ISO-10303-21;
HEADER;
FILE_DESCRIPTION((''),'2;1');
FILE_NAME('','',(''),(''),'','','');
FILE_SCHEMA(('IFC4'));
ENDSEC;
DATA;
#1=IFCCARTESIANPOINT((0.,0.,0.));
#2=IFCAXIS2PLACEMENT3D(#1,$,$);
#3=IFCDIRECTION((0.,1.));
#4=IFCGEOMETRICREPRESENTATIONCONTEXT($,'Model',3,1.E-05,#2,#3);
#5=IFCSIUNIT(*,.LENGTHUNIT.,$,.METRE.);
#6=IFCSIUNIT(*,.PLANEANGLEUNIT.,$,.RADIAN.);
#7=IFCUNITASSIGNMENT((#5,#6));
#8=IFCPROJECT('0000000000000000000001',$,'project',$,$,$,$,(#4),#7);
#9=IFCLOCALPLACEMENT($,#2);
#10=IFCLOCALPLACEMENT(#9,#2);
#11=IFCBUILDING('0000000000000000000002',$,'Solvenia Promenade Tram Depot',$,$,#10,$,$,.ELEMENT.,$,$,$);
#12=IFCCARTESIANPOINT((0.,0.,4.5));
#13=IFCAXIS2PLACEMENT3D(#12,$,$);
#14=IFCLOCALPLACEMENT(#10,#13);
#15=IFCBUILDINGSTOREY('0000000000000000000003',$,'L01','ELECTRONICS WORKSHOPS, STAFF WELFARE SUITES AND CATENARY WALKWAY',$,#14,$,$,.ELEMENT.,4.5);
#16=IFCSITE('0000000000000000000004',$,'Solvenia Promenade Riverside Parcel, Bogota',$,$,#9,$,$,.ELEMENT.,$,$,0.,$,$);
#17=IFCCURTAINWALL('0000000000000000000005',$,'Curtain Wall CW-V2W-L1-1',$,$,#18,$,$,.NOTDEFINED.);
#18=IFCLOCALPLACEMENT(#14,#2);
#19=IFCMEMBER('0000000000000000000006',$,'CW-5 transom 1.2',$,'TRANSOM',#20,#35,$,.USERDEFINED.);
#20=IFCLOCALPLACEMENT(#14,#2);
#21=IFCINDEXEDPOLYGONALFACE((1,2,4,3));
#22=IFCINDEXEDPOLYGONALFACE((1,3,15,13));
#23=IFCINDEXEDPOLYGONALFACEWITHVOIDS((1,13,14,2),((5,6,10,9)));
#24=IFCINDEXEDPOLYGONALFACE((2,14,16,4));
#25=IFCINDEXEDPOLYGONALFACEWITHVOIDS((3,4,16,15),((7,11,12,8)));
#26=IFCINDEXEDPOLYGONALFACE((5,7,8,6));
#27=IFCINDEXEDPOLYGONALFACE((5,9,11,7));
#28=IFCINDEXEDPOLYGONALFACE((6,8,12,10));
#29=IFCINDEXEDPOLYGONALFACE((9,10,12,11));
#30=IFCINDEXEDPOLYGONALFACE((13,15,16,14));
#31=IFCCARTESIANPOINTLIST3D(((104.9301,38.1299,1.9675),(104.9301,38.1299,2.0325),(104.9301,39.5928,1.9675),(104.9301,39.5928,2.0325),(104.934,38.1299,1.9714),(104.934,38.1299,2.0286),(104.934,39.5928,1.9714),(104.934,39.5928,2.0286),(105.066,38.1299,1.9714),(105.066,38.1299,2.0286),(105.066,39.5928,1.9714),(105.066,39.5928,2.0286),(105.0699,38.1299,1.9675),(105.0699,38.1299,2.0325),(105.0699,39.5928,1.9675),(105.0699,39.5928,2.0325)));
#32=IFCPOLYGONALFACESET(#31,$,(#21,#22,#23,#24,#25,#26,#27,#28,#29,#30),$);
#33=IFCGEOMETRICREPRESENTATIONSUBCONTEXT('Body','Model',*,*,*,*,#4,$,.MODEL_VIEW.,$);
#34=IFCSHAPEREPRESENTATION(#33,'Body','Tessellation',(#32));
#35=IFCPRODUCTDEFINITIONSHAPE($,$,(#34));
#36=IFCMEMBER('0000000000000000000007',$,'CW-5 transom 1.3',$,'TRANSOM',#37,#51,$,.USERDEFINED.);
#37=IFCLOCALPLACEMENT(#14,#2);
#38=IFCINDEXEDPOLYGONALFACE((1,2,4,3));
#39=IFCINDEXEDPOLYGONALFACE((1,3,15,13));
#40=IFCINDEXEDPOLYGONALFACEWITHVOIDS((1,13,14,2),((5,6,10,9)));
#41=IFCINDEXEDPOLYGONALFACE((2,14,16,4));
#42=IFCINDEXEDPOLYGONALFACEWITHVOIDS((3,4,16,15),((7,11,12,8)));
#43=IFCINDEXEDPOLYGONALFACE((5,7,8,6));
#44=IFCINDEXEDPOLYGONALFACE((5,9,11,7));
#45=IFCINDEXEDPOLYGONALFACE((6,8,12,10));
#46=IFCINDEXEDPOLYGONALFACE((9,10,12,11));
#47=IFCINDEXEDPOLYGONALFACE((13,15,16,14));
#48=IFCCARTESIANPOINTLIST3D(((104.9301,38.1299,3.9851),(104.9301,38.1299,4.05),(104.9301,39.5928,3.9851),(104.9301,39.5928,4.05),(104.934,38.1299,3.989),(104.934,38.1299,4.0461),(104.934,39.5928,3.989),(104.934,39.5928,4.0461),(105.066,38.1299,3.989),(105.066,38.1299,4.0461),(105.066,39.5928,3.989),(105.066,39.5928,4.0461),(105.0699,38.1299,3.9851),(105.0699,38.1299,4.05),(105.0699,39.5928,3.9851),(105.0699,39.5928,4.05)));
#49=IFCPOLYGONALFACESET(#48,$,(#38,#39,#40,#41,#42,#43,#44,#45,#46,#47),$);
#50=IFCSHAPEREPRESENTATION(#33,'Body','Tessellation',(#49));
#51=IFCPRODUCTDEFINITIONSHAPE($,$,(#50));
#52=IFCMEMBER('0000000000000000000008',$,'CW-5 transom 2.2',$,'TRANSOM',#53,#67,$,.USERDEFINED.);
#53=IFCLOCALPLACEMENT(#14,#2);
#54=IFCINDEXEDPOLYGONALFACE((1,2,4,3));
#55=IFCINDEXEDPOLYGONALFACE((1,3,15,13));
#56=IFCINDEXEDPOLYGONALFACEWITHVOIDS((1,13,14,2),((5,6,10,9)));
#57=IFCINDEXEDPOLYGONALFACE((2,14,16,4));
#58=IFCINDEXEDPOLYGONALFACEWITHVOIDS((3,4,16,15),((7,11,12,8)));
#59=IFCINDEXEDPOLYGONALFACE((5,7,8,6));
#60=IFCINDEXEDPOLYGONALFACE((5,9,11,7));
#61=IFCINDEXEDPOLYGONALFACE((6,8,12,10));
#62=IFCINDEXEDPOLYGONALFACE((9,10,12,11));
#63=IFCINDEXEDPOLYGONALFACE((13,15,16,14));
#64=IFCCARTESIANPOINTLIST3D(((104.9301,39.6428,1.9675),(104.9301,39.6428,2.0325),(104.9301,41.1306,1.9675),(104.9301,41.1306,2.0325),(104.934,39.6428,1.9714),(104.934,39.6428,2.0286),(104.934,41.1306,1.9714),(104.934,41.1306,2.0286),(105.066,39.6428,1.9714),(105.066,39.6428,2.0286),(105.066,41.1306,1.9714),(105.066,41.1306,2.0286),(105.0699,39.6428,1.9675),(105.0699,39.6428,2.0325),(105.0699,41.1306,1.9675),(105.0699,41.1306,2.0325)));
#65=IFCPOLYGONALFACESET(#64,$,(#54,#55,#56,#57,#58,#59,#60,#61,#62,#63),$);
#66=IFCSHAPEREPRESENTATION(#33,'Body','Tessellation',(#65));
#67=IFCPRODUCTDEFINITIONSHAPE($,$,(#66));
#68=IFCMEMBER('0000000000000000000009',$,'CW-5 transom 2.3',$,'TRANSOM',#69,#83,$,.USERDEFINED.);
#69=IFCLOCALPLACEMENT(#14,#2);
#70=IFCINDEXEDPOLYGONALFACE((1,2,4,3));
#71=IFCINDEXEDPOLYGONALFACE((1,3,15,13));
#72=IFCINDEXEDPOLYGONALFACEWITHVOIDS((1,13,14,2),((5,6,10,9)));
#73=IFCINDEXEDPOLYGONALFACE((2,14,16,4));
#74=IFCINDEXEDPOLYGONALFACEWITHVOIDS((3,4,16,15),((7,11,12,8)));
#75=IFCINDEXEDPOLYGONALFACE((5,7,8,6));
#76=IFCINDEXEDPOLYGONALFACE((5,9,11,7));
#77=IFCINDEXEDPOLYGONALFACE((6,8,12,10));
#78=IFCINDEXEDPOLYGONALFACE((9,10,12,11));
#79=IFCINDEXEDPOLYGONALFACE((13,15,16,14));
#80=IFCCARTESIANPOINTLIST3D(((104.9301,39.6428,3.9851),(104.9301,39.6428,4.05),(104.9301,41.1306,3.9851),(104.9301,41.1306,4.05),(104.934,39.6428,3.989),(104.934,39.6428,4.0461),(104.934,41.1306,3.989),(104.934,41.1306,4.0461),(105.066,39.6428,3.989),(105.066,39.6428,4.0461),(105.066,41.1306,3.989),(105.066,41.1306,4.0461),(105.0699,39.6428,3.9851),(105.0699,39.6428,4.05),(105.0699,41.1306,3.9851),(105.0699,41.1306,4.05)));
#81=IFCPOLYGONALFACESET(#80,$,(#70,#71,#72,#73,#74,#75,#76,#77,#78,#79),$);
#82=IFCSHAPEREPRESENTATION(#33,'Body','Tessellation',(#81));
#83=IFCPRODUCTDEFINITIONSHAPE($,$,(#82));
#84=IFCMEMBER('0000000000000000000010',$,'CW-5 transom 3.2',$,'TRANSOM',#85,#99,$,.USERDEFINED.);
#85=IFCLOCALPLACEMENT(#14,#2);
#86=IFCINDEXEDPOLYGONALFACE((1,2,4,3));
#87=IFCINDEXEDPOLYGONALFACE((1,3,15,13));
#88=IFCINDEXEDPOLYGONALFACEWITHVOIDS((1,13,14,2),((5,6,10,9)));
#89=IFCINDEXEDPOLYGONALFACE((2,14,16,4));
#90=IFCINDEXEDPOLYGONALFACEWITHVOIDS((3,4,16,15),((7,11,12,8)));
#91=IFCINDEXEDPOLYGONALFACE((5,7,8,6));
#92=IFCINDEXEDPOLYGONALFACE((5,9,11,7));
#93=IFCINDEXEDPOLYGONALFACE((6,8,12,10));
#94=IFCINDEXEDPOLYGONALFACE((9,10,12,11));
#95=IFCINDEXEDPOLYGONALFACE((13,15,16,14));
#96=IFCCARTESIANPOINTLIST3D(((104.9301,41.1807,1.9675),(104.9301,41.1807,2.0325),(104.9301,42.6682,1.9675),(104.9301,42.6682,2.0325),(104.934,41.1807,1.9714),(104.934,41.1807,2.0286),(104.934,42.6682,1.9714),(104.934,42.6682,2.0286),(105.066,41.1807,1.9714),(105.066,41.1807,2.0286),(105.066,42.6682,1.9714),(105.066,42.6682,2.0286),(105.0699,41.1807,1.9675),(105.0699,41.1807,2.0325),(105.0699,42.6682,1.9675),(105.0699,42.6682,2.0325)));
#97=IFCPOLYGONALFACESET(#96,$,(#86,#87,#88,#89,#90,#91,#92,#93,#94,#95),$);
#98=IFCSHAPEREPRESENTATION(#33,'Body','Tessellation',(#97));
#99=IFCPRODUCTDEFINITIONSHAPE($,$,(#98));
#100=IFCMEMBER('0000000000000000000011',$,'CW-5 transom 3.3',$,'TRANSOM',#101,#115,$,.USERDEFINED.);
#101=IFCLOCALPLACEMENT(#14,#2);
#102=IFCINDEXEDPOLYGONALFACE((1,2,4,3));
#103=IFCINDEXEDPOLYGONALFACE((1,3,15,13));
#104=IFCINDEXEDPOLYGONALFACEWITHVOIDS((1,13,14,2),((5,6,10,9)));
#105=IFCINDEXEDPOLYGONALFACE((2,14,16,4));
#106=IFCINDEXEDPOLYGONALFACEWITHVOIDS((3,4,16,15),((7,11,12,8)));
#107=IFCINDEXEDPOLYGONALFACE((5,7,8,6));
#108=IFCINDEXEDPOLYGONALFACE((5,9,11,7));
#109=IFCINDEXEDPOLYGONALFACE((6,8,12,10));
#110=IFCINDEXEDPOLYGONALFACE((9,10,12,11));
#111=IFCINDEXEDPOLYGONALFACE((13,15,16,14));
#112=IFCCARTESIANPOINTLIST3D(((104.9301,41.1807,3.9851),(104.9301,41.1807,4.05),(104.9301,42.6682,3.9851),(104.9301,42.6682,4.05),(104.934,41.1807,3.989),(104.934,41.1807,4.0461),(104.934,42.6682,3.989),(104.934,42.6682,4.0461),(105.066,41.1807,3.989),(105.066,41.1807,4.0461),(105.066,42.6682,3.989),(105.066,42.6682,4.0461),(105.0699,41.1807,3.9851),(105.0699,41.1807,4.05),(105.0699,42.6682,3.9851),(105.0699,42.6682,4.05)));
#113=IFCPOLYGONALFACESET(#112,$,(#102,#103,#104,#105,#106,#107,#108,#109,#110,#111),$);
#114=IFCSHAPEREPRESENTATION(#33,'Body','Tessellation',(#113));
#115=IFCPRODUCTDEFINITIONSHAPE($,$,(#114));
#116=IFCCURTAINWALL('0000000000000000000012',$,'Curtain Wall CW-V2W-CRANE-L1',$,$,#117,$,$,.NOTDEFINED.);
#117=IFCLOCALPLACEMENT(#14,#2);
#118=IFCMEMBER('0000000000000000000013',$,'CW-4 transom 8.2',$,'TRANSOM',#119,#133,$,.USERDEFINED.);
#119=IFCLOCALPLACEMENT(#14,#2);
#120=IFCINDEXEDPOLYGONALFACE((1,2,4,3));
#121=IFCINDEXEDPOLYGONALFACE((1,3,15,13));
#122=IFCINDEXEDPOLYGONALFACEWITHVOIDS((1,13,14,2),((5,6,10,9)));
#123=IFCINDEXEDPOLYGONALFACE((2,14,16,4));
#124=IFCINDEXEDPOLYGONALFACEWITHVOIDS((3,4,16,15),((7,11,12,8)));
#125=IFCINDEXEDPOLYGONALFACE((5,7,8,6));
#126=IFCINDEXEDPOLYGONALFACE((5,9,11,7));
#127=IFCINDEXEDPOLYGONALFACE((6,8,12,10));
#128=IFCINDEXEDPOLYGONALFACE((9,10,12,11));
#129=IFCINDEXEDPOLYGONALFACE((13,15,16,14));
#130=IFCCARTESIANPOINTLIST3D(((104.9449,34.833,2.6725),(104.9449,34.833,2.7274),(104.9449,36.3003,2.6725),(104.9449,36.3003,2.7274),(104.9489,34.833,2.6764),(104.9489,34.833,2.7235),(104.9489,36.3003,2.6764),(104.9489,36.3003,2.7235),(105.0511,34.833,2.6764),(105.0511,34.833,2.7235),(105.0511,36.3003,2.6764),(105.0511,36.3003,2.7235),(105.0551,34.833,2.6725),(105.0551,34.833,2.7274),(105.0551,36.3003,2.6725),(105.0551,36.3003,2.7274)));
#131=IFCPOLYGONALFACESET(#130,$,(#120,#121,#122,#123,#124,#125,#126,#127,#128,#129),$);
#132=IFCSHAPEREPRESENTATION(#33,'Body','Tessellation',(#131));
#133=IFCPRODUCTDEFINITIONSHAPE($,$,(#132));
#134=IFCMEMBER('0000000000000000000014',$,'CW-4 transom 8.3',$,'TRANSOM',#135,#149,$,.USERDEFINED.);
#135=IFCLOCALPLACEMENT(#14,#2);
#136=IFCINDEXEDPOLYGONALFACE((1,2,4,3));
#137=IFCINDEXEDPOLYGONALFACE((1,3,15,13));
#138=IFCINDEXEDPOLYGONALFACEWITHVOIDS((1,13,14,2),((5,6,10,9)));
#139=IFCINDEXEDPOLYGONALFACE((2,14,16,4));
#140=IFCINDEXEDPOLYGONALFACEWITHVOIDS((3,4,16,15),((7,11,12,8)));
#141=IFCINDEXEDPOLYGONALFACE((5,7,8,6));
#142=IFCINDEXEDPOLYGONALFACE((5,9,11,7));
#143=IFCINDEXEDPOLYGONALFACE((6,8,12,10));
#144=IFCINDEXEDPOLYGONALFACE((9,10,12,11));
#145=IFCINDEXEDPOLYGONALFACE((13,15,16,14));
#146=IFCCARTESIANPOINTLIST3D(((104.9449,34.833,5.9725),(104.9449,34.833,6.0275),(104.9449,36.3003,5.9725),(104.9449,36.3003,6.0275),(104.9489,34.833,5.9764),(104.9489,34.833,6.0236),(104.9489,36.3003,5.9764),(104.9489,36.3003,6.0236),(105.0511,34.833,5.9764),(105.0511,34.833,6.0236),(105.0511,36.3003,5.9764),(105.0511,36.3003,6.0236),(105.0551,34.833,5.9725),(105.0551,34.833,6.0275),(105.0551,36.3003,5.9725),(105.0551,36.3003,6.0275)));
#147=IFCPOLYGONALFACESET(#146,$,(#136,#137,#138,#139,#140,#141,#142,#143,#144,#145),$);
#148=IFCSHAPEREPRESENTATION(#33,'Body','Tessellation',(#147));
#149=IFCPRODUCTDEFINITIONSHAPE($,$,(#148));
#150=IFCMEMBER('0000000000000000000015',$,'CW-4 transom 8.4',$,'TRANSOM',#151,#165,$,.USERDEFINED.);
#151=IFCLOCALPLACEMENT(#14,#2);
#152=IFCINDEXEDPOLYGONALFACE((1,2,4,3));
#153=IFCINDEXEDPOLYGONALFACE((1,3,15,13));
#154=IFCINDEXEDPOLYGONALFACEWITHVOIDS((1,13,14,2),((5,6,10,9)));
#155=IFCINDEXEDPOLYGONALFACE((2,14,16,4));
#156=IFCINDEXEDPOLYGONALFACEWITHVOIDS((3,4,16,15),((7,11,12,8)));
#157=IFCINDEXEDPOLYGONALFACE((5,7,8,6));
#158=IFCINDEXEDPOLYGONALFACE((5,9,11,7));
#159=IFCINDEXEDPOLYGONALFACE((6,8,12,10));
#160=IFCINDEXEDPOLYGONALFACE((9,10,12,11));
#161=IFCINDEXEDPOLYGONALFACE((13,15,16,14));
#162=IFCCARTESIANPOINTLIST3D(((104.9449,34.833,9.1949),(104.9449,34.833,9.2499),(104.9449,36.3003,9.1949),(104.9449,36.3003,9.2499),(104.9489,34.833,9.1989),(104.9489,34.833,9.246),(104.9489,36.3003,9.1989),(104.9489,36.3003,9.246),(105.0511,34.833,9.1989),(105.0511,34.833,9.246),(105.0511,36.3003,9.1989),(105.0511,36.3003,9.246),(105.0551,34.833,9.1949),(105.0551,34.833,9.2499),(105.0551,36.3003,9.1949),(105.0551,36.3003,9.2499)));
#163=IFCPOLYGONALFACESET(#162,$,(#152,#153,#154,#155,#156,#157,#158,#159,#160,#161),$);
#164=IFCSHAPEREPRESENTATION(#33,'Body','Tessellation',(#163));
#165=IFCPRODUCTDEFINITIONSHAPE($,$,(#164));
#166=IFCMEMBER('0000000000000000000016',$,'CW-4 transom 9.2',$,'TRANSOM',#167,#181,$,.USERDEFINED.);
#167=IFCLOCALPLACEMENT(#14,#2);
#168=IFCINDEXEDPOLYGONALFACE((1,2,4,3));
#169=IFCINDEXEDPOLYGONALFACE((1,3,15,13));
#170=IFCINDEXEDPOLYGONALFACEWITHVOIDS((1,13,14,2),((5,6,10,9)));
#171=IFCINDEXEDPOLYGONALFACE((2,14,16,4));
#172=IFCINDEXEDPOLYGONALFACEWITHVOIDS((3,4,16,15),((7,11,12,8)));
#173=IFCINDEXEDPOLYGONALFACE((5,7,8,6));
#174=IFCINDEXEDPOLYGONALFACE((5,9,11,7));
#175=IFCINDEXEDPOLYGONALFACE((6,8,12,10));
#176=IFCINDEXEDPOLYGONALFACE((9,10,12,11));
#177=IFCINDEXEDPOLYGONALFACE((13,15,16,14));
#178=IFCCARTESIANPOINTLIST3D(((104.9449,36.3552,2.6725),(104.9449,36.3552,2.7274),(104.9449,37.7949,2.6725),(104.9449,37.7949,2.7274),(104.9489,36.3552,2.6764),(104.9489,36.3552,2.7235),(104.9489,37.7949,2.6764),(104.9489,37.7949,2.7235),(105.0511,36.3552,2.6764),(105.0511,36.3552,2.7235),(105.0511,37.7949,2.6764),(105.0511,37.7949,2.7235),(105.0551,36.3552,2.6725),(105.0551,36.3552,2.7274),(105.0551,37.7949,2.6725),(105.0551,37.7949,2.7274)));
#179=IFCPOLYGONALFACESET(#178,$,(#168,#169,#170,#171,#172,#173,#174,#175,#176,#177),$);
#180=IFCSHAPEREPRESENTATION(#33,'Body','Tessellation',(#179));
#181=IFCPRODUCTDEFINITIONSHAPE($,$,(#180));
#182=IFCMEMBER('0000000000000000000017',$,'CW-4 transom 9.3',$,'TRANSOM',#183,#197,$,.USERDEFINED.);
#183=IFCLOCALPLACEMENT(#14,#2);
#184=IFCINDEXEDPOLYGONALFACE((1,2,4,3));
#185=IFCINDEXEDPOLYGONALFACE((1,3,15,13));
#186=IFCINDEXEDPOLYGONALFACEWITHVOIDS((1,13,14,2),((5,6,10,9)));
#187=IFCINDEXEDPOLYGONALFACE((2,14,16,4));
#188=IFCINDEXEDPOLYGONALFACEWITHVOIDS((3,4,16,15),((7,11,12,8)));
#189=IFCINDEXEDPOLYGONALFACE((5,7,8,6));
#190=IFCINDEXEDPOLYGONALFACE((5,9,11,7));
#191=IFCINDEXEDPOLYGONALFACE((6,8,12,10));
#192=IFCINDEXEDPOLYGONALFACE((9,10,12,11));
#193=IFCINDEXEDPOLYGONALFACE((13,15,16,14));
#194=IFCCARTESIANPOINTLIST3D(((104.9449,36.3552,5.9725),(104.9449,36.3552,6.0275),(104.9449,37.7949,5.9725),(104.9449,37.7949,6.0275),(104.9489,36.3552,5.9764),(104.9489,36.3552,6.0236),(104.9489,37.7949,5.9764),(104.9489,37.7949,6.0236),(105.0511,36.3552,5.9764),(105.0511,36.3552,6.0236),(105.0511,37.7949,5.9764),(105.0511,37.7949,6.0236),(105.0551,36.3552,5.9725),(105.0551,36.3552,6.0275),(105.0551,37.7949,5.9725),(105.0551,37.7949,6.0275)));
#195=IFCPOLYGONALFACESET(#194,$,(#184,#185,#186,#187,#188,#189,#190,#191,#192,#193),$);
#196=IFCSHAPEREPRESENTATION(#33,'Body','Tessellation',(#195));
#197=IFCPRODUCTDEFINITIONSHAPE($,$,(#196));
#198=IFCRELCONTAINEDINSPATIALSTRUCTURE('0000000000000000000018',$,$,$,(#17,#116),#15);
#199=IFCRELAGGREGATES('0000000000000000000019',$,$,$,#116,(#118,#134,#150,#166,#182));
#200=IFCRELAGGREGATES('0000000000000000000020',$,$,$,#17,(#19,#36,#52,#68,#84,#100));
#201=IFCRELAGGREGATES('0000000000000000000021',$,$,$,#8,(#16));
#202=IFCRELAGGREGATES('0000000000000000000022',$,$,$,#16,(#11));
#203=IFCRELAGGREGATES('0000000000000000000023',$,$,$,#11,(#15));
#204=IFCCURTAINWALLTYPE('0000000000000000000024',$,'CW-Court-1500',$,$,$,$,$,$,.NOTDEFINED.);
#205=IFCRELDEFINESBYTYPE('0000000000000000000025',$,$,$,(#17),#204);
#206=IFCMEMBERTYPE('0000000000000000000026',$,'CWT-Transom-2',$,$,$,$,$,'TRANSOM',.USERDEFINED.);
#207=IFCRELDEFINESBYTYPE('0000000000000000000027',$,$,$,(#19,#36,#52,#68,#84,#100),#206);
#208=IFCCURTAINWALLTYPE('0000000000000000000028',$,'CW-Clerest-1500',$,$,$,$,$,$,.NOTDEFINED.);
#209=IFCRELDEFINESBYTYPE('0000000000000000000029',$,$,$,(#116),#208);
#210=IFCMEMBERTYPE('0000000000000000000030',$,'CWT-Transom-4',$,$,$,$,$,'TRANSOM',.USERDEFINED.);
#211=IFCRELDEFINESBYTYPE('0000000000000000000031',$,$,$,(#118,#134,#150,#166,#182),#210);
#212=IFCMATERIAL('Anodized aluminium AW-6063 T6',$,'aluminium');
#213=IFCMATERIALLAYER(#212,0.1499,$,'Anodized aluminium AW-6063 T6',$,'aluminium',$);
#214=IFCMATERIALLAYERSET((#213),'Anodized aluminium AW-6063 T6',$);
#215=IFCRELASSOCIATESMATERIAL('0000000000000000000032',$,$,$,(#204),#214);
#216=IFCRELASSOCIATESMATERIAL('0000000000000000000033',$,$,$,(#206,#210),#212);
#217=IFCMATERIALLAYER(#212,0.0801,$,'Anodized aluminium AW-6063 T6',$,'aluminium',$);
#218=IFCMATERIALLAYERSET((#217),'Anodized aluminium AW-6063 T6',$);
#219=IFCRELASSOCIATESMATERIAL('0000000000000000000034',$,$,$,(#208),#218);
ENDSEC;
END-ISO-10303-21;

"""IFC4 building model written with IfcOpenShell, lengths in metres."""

from ifc_helpers import new_model, si_unit, direction, frame, origin, origin_2d, place, context, subcontext, project, spatial, hollow_rectangle, extrude, material, layer, layer_set, material_profile, profile_set, type_object, element, aggregate, save


model = new_model("IFC4")

# Units and contexts
model_context = context("Model", 3, precision=1e-05, world=origin(), true_north=direction((0.0, 1.0)))
body_context = subcontext(model_context, "Body", "Model", "MODEL_VIEW")
ifc_project = project(units=[si_unit("LENGTHUNIT", "METRE"), si_unit("PLANEANGLEUNIT", "RADIAN")], contexts=[model_context])

# Site, building, storey
site_placement = place(None, origin())
site = spatial("IfcSite", under=ifc_project, at=site_placement, Name="Solvenia Promenade Riverside Parcel, Bogota", CompositionType="ELEMENT", RefElevation=0.0)
building_placement = place(site_placement, origin())
building = spatial("IfcBuilding", under=site, at=building_placement, Name="Solvenia Promenade Tram Depot", CompositionType="ELEMENT")
storey_placement = place(building_placement, frame((0.0, 0.0, 4.5)))
storey = spatial("IfcBuildingStorey", under=building, at=storey_placement, Name="L01", Description="ELECTRONICS WORKSHOPS, STAFF WELFARE SUITES AND CATENARY WALKWAY", CompositionType="ELEMENT", Elevation=4.5)

# Curtain walls, members
ifc_material_1 = material(Name="Anodized aluminium AW-6063 T6", Category="aluminium")
ifc_layer_1 = layer(ifc_material_1, 0.1499, Name="Anodized aluminium AW-6063 T6", Category="aluminium")
ifc_layer_set_1 = layer_set([ifc_layer_1], Name="Anodized aluminium AW-6063 T6")
curtain_wall_type_1 = type_object("IfcCurtainWallType", Name="CW-Court-1500", PredefinedType="NOTDEFINED", material=ifc_layer_set_1)
curtain_wall_1_placement = place(storey_placement, origin())
curtain_wall_1 = element("IfcCurtainWall", 1, at=curtain_wall_1_placement, inside=storey, type_object=curtain_wall_type_1, Name="Curtain Wall CW-V2W-L1-1", PredefinedType="NOTDEFINED")
ifc_material_profile_1 = material_profile(ifc_material_1, hollow_rectangle(XDim=0.1399, YDim=0.0649, WallThickness=0.0039, at=origin_2d()), Name="ALU-T2", Category="aluminium")
ifc_profile_set_1 = profile_set([ifc_material_profile_1], Name="Anodized aluminium AW-6063 T6")
member_type_1 = type_object("IfcMemberType", Name="CWT-Transom-2", ElementType="TRANSOM", PredefinedType="USERDEFINED", material=ifc_profile_set_1)
member_1_placement = place(storey_placement, frame((105.0, 38.1299, 2.0), z_axis=(0.0, 1.0, 0.0), x_axis=(-1.0, 0.0, 0.0)))
member_1 = element("IfcMember", 2, at=member_1_placement, type_object=member_type_1, Name="CW-5 transom 1.2", ObjectType="TRANSOM", PredefinedType="USERDEFINED", context=body_context, shape_type="SweptSolid", body=[
    extrude(hollow_rectangle(XDim=0.1399, YDim=0.0649, WallThickness=0.0039, at=origin_2d()), origin(), (0.0, 0.0, 1.0), 1.4629),
])
member_2_placement = place(storey_placement, frame((105.0, 38.1299, 4.0176), z_axis=(0.0, 1.0, 0.0), x_axis=(-1.0, 0.0, 0.0)))
member_2 = element("IfcMember", 3, at=member_2_placement, type_object=member_type_1, Name="CW-5 transom 1.3", ObjectType="TRANSOM", PredefinedType="USERDEFINED", context=body_context, shape_type="SweptSolid", body=[
    extrude(hollow_rectangle(XDim=0.1399, YDim=0.0649, WallThickness=0.0039, at=origin_2d()), origin(), (0.0, 0.0, 1.0), 1.4629),
])
member_3_placement = place(storey_placement, frame((105.0, 39.6428, 2.0), z_axis=(0.0, 1.0, 0.0), x_axis=(-1.0, 0.0, 0.0)))
member_3 = element("IfcMember", 4, at=member_3_placement, type_object=member_type_1, Name="CW-5 transom 2.2", ObjectType="TRANSOM", PredefinedType="USERDEFINED", context=body_context, shape_type="SweptSolid", body=[
    extrude(hollow_rectangle(XDim=0.1399, YDim=0.0649, WallThickness=0.0039, at=origin_2d()), origin(), (0.0, 0.0, 1.0), 1.4878),
])
member_4_placement = place(storey_placement, frame((105.0, 39.6428, 4.0176), z_axis=(0.0, 1.0, 0.0), x_axis=(-1.0, 0.0, 0.0)))
member_4 = element("IfcMember", 5, at=member_4_placement, type_object=member_type_1, Name="CW-5 transom 2.3", ObjectType="TRANSOM", PredefinedType="USERDEFINED", context=body_context, shape_type="SweptSolid", body=[
    extrude(hollow_rectangle(XDim=0.1399, YDim=0.0649, WallThickness=0.0039, at=origin_2d()), origin(), (0.0, 0.0, 1.0), 1.4878),
])
member_5_placement = place(storey_placement, frame((105.0, 41.1807, 2.0), z_axis=(0.0, 1.0, 0.0), x_axis=(-1.0, 0.0, 0.0)))
member_5 = element("IfcMember", 6, at=member_5_placement, type_object=member_type_1, Name="CW-5 transom 3.2", ObjectType="TRANSOM", PredefinedType="USERDEFINED", context=body_context, shape_type="SweptSolid", body=[
    extrude(hollow_rectangle(XDim=0.1399, YDim=0.0649, WallThickness=0.0039, at=origin_2d()), origin(), (0.0, 0.0, 1.0), 1.4875),
])
member_6_placement = place(storey_placement, frame((105.0, 41.1807, 4.0176), z_axis=(0.0, 1.0, 0.0), x_axis=(-1.0, 0.0, 0.0)))
member_6 = element("IfcMember", 7, at=member_6_placement, type_object=member_type_1, Name="CW-5 transom 3.3", ObjectType="TRANSOM", PredefinedType="USERDEFINED", context=body_context, shape_type="SweptSolid", body=[
    extrude(hollow_rectangle(XDim=0.1399, YDim=0.0649, WallThickness=0.0039, at=origin_2d()), origin(), (0.0, 0.0, 1.0), 1.4875),
])
ifc_layer_2 = layer(ifc_material_1, 0.0801, Name="Anodized aluminium AW-6063 T6", Category="aluminium")
ifc_layer_set_2 = layer_set([ifc_layer_2], Name="Anodized aluminium AW-6063 T6")
curtain_wall_type_2 = type_object("IfcCurtainWallType", Name="CW-Clerest-1500", PredefinedType="NOTDEFINED", material=ifc_layer_set_2)
curtain_wall_2_placement = place(storey_placement, origin())
curtain_wall_2 = element("IfcCurtainWall", 8, at=curtain_wall_2_placement, inside=storey, type_object=curtain_wall_type_2, Name="Curtain Wall CW-V2W-CRANE-L1", PredefinedType="NOTDEFINED")
ifc_material_profile_2 = material_profile(ifc_material_1, hollow_rectangle(XDim=0.1101, YDim=0.0549, WallThickness=0.0039, at=origin_2d()), Name="ALU-T4", Category="aluminium")
ifc_profile_set_2 = profile_set([ifc_material_profile_2], Name="Anodized aluminium AW-6063 T6")
member_type_2 = type_object("IfcMemberType", Name="CWT-Transom-4", ElementType="TRANSOM", PredefinedType="USERDEFINED", material=ifc_profile_set_2)
member_7_placement = place(storey_placement, frame((105.0, 34.833, 2.7), z_axis=(0.0, 1.0, 0.0), x_axis=(-1.0, 0.0, 0.0)))
member_7 = element("IfcMember", 9, at=member_7_placement, type_object=member_type_2, Name="CW-4 transom 8.2", ObjectType="TRANSOM", PredefinedType="USERDEFINED", context=body_context, shape_type="SweptSolid", body=[
    extrude(hollow_rectangle(XDim=0.1101, YDim=0.0549, WallThickness=0.0039, at=origin_2d()), origin(), (0.0, 0.0, 1.0), 1.4673),
])
member_8_placement = place(storey_placement, frame((105.0, 34.833, 6.0), z_axis=(0.0, 1.0, 0.0), x_axis=(-1.0, 0.0, 0.0)))
member_8 = element("IfcMember", 10, at=member_8_placement, type_object=member_type_2, Name="CW-4 transom 8.3", ObjectType="TRANSOM", PredefinedType="USERDEFINED", context=body_context, shape_type="SweptSolid", body=[
    extrude(hollow_rectangle(XDim=0.1101, YDim=0.0549, WallThickness=0.0039, at=origin_2d()), origin(), (0.0, 0.0, 1.0), 1.4673),
])
member_9_placement = place(storey_placement, frame((105.0, 34.833, 9.2224), z_axis=(0.0, 1.0, 0.0), x_axis=(-1.0, 0.0, 0.0)))
member_9 = element("IfcMember", 11, at=member_9_placement, type_object=member_type_2, Name="CW-4 transom 8.4", ObjectType="TRANSOM", PredefinedType="USERDEFINED", context=body_context, shape_type="SweptSolid", body=[
    extrude(hollow_rectangle(XDim=0.1101, YDim=0.0549, WallThickness=0.0039, at=origin_2d()), origin(), (0.0, 0.0, 1.0), 1.4673),
])
member_10_placement = place(storey_placement, frame((105.0, 36.3552, 2.7), z_axis=(0.0, 1.0, 0.0), x_axis=(-1.0, 0.0, 0.0)))
member_10 = element("IfcMember", 12, at=member_10_placement, type_object=member_type_2, Name="CW-4 transom 9.2", ObjectType="TRANSOM", PredefinedType="USERDEFINED", context=body_context, shape_type="SweptSolid", body=[
    extrude(hollow_rectangle(XDim=0.1101, YDim=0.0549, WallThickness=0.0039, at=origin_2d()), origin(), (0.0, 0.0, 1.0), 1.4397),
])
member_11_placement = place(storey_placement, frame((105.0, 36.3552, 6.0), z_axis=(0.0, 1.0, 0.0), x_axis=(-1.0, 0.0, 0.0)))
member_11 = element("IfcMember", 13, at=member_11_placement, type_object=member_type_2, Name="CW-4 transom 9.3", ObjectType="TRANSOM", PredefinedType="USERDEFINED", context=body_context, shape_type="SweptSolid", body=[
    extrude(hollow_rectangle(XDim=0.1101, YDim=0.0549, WallThickness=0.0039, at=origin_2d()), origin(), (0.0, 0.0, 1.0), 1.4397),
])

aggregate(curtain_wall_2, [member_7, member_8, member_9, member_10, member_11])
aggregate(curtain_wall_1, [member_1, member_2, member_3, member_4, member_5, member_6])

save(model, "model.ifc")
